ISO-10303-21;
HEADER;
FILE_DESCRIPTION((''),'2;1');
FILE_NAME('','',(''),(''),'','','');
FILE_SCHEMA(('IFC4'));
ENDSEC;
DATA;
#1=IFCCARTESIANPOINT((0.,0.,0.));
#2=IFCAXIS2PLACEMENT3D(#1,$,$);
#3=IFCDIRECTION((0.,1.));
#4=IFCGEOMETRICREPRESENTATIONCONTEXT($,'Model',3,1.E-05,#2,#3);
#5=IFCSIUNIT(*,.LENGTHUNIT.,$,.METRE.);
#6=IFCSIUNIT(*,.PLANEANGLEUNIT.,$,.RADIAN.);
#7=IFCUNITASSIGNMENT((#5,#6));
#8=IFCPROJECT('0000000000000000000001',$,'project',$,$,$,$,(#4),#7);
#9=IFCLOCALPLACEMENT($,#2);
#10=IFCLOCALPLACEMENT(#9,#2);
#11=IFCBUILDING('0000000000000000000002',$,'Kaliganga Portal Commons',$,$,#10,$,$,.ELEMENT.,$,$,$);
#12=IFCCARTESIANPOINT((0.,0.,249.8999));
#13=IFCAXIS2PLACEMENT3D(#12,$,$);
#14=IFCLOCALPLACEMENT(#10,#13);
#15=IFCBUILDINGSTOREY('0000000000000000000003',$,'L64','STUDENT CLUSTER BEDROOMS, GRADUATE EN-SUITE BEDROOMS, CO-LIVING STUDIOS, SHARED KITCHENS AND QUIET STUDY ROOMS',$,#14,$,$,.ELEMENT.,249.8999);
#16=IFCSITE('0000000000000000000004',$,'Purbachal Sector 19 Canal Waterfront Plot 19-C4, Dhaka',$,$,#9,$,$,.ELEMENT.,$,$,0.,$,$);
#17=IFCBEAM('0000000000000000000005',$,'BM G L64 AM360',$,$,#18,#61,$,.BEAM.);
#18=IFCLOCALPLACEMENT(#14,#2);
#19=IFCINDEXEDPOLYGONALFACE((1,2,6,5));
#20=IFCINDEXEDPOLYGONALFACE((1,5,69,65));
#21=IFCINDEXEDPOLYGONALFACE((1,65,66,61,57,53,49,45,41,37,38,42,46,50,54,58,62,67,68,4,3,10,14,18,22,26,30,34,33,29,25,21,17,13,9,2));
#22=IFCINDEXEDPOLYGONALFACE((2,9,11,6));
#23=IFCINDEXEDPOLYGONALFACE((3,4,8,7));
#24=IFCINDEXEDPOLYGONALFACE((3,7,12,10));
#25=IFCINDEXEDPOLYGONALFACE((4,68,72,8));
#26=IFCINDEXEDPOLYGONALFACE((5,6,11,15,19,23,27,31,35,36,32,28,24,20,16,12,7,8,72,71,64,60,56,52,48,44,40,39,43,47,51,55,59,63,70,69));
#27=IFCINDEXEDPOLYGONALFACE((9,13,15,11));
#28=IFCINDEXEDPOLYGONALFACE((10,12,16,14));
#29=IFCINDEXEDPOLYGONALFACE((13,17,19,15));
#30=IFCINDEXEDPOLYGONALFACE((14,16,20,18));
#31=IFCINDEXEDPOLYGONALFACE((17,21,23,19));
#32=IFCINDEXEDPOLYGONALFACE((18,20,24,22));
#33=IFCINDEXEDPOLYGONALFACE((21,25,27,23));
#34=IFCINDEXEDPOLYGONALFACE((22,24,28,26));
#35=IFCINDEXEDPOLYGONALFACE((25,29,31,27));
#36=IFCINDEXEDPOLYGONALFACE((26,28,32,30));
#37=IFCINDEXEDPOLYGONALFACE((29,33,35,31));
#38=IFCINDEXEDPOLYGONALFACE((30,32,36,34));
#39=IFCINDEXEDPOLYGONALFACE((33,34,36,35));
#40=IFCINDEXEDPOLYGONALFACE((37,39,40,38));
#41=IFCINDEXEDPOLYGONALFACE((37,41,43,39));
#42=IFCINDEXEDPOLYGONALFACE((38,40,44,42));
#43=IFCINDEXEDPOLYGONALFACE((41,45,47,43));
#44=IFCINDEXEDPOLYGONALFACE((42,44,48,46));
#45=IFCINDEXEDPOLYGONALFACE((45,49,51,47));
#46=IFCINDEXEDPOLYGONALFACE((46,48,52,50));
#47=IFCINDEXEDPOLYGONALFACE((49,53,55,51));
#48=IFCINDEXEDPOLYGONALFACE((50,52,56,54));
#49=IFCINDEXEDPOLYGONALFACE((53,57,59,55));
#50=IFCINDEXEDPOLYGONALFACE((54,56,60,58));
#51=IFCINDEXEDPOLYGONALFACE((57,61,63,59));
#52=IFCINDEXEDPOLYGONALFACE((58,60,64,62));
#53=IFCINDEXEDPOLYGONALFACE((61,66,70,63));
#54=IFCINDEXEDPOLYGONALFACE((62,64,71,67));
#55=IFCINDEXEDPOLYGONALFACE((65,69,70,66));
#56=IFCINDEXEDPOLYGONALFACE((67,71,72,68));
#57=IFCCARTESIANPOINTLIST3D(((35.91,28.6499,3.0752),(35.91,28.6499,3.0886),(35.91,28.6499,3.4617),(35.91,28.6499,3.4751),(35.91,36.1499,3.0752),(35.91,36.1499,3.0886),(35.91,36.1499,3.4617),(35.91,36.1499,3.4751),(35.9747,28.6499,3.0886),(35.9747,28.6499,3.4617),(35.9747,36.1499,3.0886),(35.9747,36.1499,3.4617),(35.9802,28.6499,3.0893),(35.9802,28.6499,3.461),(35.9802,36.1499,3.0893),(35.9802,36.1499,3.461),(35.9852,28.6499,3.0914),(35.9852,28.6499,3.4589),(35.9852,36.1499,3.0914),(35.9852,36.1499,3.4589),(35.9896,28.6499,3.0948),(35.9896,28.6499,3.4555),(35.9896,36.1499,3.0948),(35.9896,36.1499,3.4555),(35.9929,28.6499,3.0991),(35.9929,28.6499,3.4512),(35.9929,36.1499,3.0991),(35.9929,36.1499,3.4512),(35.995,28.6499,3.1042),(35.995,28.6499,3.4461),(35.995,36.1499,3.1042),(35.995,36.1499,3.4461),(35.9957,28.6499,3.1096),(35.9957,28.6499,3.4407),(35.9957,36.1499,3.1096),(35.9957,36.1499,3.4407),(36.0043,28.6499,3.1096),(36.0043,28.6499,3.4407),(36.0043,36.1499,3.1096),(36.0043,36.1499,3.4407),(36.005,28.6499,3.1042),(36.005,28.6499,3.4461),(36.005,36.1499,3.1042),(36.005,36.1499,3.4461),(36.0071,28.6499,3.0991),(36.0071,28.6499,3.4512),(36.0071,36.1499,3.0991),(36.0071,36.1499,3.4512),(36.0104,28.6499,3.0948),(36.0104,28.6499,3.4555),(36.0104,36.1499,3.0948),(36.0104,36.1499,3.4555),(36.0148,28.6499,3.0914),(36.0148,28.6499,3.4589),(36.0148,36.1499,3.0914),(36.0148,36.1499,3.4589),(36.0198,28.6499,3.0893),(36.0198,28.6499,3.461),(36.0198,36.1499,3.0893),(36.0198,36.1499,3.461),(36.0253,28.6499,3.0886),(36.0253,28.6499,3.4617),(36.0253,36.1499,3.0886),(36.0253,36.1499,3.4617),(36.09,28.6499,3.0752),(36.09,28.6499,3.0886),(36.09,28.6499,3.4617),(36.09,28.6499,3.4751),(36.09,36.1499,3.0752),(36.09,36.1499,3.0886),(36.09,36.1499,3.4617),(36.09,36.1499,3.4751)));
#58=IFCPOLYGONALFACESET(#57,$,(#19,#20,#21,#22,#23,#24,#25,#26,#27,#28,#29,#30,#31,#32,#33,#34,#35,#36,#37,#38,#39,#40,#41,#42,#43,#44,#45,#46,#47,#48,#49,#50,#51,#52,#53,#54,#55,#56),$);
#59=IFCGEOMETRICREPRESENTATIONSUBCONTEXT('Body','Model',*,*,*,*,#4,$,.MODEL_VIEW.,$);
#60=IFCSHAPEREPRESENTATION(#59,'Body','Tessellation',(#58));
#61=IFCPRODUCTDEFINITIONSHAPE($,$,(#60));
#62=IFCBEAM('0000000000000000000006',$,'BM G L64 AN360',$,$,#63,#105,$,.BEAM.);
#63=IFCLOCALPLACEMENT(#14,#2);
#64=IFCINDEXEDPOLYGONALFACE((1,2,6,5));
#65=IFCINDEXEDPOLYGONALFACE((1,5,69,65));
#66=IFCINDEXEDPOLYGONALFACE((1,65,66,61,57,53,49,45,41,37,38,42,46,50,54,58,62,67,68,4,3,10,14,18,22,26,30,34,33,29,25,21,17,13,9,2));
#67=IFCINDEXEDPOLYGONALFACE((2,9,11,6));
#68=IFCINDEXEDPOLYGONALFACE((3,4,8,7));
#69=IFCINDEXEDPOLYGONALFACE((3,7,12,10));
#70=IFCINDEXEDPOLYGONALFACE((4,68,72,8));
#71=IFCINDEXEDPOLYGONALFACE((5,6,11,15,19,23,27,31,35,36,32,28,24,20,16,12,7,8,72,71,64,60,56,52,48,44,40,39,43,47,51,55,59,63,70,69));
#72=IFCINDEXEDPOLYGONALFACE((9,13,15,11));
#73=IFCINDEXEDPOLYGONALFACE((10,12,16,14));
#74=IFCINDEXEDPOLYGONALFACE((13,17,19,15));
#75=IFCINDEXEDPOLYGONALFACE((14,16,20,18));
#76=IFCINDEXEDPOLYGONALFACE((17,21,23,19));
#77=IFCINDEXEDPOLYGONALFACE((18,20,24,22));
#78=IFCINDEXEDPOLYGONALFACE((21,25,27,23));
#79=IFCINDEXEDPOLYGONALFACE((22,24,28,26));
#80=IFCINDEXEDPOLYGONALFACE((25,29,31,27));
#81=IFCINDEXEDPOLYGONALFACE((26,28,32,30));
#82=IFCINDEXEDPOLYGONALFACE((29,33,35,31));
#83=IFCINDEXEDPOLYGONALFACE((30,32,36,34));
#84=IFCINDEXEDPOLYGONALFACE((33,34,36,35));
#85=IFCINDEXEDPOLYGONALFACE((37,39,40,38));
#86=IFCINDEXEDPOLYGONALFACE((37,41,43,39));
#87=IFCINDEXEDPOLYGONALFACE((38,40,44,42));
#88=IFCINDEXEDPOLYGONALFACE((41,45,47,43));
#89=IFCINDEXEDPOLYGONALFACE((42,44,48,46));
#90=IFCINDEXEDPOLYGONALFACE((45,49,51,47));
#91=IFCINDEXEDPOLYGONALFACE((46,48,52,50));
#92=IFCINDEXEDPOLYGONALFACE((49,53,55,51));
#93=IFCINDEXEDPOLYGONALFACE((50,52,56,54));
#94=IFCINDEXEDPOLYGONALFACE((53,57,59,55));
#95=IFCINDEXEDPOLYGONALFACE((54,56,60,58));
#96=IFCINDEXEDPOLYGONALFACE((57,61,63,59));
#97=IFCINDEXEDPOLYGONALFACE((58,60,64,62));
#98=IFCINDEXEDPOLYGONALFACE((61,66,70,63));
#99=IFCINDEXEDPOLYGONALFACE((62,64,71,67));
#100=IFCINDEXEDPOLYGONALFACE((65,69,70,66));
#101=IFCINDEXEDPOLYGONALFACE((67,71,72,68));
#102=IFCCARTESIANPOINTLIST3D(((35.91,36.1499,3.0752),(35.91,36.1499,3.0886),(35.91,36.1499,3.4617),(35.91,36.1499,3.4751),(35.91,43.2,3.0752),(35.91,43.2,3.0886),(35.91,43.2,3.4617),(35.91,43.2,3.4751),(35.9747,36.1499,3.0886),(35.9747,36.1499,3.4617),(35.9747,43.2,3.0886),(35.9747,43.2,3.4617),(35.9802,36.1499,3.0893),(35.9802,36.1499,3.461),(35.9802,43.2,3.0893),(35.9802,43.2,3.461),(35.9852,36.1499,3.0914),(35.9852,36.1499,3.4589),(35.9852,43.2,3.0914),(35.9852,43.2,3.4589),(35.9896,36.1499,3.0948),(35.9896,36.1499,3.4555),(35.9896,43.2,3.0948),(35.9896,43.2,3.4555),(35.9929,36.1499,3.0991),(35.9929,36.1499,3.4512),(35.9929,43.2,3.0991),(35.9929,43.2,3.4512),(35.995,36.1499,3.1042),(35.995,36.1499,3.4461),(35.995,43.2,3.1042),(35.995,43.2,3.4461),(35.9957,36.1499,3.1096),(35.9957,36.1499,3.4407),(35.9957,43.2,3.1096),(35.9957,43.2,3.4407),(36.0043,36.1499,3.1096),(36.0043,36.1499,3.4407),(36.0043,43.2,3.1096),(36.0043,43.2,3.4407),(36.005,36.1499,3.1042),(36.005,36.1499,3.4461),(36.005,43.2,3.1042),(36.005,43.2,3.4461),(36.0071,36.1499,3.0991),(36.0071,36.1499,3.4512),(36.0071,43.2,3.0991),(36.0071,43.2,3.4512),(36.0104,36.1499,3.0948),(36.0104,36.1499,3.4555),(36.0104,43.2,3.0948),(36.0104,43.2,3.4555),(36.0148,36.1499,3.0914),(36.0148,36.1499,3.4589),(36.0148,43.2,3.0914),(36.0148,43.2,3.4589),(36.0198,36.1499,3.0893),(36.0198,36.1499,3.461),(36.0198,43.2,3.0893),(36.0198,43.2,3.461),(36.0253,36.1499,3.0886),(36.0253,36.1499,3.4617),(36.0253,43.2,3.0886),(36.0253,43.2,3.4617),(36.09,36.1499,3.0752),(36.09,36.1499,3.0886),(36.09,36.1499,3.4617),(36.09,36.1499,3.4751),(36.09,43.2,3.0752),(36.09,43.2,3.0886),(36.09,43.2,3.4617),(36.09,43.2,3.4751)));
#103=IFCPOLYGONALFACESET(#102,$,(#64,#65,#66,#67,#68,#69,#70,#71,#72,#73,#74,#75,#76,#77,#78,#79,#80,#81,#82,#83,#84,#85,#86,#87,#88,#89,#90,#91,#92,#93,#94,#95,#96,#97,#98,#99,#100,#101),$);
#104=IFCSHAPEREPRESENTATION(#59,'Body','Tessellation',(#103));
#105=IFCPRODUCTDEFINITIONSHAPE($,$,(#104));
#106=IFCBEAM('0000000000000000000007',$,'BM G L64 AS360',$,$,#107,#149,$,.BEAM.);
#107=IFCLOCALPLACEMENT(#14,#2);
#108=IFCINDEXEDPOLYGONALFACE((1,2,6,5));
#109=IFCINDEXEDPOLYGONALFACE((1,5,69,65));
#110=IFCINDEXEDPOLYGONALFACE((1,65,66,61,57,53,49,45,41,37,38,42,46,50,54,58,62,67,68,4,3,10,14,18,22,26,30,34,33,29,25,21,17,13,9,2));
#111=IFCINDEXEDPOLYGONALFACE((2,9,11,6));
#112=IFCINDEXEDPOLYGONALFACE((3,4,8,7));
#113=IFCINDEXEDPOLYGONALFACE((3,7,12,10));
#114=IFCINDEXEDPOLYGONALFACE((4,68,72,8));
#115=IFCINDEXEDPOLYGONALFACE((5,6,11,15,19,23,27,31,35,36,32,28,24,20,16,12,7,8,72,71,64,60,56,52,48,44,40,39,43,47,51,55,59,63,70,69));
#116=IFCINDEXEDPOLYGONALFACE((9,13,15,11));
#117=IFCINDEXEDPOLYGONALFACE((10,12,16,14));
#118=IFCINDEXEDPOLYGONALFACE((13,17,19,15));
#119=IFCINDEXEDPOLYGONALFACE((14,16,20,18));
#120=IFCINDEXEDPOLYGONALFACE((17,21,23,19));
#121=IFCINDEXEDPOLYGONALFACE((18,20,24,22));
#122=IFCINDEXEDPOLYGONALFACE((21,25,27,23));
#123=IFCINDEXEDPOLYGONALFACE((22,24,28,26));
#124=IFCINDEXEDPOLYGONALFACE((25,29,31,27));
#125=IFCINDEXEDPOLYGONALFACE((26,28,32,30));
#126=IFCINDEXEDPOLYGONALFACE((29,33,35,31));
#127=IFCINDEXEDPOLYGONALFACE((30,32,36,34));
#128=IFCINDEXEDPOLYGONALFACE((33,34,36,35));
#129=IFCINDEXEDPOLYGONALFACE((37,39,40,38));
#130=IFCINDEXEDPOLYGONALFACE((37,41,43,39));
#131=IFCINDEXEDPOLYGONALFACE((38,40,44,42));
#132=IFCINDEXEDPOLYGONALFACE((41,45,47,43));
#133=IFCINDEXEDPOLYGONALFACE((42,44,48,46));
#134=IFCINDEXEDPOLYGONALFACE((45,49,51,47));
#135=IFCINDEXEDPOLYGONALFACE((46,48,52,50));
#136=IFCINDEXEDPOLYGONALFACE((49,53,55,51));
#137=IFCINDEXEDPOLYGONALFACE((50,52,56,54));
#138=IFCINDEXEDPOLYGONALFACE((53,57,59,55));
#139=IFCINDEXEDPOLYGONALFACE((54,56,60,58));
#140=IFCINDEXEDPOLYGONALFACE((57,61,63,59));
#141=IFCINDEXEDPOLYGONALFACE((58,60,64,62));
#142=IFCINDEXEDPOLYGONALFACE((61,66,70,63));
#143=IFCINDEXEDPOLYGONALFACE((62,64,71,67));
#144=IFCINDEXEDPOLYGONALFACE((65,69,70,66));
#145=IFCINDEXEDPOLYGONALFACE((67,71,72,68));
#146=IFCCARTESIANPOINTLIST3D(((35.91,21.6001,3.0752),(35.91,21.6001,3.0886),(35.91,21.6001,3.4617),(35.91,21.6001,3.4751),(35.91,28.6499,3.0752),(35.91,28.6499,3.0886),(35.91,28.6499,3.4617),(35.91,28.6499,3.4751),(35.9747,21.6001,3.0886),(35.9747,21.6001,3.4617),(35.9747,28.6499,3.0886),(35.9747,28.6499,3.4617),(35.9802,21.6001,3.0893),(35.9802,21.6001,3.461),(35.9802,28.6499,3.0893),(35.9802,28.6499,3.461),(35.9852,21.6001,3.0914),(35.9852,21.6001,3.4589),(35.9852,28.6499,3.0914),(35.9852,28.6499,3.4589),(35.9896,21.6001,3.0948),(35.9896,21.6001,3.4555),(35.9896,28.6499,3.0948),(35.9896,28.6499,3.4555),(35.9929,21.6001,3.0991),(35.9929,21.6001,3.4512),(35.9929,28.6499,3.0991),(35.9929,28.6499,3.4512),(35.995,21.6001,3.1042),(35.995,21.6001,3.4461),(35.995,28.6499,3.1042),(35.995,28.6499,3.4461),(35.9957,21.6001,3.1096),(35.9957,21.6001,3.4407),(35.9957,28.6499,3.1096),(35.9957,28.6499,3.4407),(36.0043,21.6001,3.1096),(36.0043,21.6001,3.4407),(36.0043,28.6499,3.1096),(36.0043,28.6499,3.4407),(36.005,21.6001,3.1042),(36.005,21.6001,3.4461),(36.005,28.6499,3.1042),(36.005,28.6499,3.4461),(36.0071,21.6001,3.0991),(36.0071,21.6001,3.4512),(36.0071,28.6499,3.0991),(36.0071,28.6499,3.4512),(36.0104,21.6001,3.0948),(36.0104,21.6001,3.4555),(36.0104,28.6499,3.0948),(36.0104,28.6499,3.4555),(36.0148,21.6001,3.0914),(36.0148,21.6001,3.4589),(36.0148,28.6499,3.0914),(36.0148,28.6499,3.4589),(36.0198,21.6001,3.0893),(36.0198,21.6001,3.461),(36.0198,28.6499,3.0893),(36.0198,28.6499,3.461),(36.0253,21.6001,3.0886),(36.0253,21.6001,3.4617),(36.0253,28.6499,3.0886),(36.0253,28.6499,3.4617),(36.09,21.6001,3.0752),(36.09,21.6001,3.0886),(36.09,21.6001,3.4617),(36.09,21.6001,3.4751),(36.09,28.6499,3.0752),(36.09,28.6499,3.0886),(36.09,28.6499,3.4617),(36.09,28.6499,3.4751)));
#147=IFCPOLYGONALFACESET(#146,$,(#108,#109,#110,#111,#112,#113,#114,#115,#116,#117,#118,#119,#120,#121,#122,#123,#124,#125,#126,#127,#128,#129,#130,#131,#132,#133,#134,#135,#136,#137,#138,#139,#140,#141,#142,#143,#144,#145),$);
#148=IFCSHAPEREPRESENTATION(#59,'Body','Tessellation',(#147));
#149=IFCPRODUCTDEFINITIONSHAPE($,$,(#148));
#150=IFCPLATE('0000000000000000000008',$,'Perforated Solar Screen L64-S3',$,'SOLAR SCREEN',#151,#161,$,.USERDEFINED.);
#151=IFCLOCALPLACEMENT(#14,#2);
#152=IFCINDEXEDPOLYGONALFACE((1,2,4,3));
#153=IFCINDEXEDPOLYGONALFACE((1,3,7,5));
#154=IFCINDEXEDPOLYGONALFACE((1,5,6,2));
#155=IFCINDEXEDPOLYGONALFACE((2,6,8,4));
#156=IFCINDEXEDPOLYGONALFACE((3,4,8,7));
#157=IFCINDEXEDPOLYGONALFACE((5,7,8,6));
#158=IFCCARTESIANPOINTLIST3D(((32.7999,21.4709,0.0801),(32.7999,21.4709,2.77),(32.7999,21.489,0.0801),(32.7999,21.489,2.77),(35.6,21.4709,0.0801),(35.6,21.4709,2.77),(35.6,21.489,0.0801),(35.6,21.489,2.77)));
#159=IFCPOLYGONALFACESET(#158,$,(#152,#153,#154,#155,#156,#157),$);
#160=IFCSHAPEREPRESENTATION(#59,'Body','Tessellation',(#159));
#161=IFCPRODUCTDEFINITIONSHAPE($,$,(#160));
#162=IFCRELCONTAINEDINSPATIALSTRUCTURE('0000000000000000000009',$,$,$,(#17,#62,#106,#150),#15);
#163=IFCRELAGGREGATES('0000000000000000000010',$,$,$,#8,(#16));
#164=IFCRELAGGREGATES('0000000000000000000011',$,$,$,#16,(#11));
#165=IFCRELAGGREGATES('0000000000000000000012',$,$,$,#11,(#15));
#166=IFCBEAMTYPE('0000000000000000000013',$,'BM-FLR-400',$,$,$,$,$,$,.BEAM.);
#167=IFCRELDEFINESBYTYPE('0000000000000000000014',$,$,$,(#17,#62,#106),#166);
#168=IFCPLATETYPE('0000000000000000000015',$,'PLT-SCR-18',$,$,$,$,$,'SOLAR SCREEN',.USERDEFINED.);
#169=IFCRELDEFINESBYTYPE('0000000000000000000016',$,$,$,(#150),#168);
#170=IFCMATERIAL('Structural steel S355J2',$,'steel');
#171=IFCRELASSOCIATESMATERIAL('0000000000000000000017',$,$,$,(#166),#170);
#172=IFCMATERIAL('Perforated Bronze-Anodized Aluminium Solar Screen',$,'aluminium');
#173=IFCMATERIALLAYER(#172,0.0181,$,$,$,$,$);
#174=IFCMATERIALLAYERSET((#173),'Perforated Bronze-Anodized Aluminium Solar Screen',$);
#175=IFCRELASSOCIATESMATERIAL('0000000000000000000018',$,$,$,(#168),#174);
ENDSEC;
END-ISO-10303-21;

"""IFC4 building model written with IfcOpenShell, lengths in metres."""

from ifc_helpers import new_model, si_unit, direction, frame, origin, origin_2d, place, context, subcontext, project, spatial, rectangle, i_section, extrude, source, transform, mapped, material, layer, layer_set, material_profile, profile_set, type_object, element, save


model = new_model("IFC4")

# Units and contexts
model_context = context("Model", 3, precision=1e-05, world=origin(), true_north=direction((0.0, 1.0)))
body_context = subcontext(model_context, "Body", "Model", "MODEL_VIEW")
ifc_project = project(units=[si_unit("LENGTHUNIT", "METRE"), si_unit("PLANEANGLEUNIT", "RADIAN")], contexts=[model_context])

# Site, building, storey
site_placement = place(None, origin())
site = spatial("IfcSite", under=ifc_project, at=site_placement, Name="Purbachal Sector 19 Canal Waterfront Plot 19-C4, Dhaka", CompositionType="ELEMENT", RefElevation=0.0)
building_placement = place(site_placement, origin())
building = spatial("IfcBuilding", under=site, at=building_placement, Name="Kaliganga Portal Commons", CompositionType="ELEMENT")
storey_placement = place(building_placement, frame((0.0, 0.0, 249.8999)))
storey = spatial("IfcBuildingStorey", under=building, at=storey_placement, Name="L64", Description="STUDENT CLUSTER BEDROOMS, GRADUATE EN-SUITE BEDROOMS, CO-LIVING STUDIOS, SHARED KITCHENS AND QUIET STUDY ROOMS", CompositionType="ELEMENT", Elevation=249.8999)

# Shared definitions
ifc_material_1 = material(Name="Structural steel S355J2", Category="steel")

# Beams
ifc_material_profile_1 = material_profile(ifc_material_1, i_section(OverallWidth=0.1799, OverallDepth=0.3999, WebThickness=0.0085, FlangeThickness=0.0134, FilletRadius=0.021, at=origin_2d()), Name="IPE 400")
ifc_profile_set_1 = profile_set([ifc_material_profile_1], Name="Structural steel S355J2 wide-flange")
beam_type_1 = type_object("IfcBeamType", Name="BM-FLR-400", PredefinedType="BEAM", material=ifc_profile_set_1)
shared_shape_1 = source(origin(), body_context, "Body", "SweptSolid", [
    extrude(i_section(OverallWidth=0.1799, OverallDepth=0.3999, WebThickness=0.0085, FlangeThickness=0.0134, FilletRadius=0.021, at=origin_2d()), origin(), (0.0, 0.0, 1.0), 7.5),
])
beam_1_placement = place(storey_placement, frame((36.0, 28.6499, 3.2751), z_axis=(0.0, 1.0, 0.0), x_axis=(-1.0, 0.0, 0.0)))
element("IfcBeam", 1, at=beam_1_placement, inside=storey, type_object=beam_type_1, Name="BM G L64 AM360", PredefinedType="BEAM", context=body_context, shape_type="MappedRepresentation", body=[
    mapped(shared_shape_1, transform((0.0, 0.0, 0.0), x_axis=(1.0, 0.0, 0.0), y_axis=(0.0, 1.0, 0.0), z_axis=(0.0, 0.0, 1.0), scale=1.0)),
])
shared_shape_2 = source(origin(), body_context, "Body", "SweptSolid", [
    extrude(i_section(OverallWidth=0.1799, OverallDepth=0.3999, WebThickness=0.0085, FlangeThickness=0.0134, FilletRadius=0.021, at=origin_2d()), origin(), (0.0, 0.0, 1.0), 7.05),
])
beam_2_placement = place(storey_placement, frame((36.0, 36.1499, 3.2751), z_axis=(0.0, 1.0, 0.0), x_axis=(-1.0, 0.0, 0.0)))
element("IfcBeam", 2, at=beam_2_placement, inside=storey, type_object=beam_type_1, Name="BM G L64 AN360", PredefinedType="BEAM", context=body_context, shape_type="MappedRepresentation", body=[
    mapped(shared_shape_2, transform((0.0, 0.0, 0.0), x_axis=(1.0, 0.0, 0.0), y_axis=(0.0, 1.0, 0.0), z_axis=(0.0, 0.0, 1.0), scale=1.0)),
])
shared_shape_3 = source(origin(), body_context, "Body", "SweptSolid", [
    extrude(i_section(OverallWidth=0.1799, OverallDepth=0.3999, WebThickness=0.0085, FlangeThickness=0.0134, FilletRadius=0.021, at=origin_2d()), origin(), (0.0, 0.0, 1.0), 7.0498),
])
beam_3_placement = place(storey_placement, frame((36.0, 21.6001, 3.2751), z_axis=(0.0, 1.0, 0.0), x_axis=(-1.0, 0.0, 0.0)))
element("IfcBeam", 3, at=beam_3_placement, inside=storey, type_object=beam_type_1, Name="BM G L64 AS360", PredefinedType="BEAM", context=body_context, shape_type="MappedRepresentation", body=[
    mapped(shared_shape_3, transform((0.0, 0.0, 0.0), x_axis=(1.0, 0.0, 0.0), y_axis=(0.0, 1.0, 0.0), z_axis=(0.0, 0.0, 1.0), scale=1.0)),
])

# Plate
ifc_material_2 = material(Name="Perforated Bronze-Anodized Aluminium Solar Screen", Category="aluminium")
ifc_layer_1 = layer(ifc_material_2, 0.0181)
ifc_layer_set_1 = layer_set([ifc_layer_1], Name="Perforated Bronze-Anodized Aluminium Solar Screen")
plate_type = type_object("IfcPlateType", Name="PLT-SCR-18", ElementType="SOLAR SCREEN", PredefinedType="USERDEFINED", material=ifc_layer_set_1)
shared_shape_4 = source(origin(), body_context, "Body", "SweptSolid", [
    extrude(rectangle(XDim=2.8, YDim=0.0181, at=origin_2d()), origin(), (0.0, 0.0, 1.0), 2.6899),
])
plate_placement = place(storey_placement, frame((34.2, 21.48, 0.0801), z_axis=(0.0, 0.0, 1.0), x_axis=(1.0, 0.0, 0.0)))
element("IfcPlate", 4, at=plate_placement, inside=storey, type_object=plate_type, Name="Perforated Solar Screen L64-S3", ObjectType="SOLAR SCREEN", PredefinedType="USERDEFINED", context=body_context, shape_type="MappedRepresentation", body=[
    mapped(shared_shape_4, transform((0.0, 0.0, 0.0), x_axis=(1.0, 0.0, 0.0), y_axis=(0.0, 1.0, 0.0), z_axis=(0.0, 0.0, 1.0), scale=1.0)),
])

save(model, "model.ifc")
